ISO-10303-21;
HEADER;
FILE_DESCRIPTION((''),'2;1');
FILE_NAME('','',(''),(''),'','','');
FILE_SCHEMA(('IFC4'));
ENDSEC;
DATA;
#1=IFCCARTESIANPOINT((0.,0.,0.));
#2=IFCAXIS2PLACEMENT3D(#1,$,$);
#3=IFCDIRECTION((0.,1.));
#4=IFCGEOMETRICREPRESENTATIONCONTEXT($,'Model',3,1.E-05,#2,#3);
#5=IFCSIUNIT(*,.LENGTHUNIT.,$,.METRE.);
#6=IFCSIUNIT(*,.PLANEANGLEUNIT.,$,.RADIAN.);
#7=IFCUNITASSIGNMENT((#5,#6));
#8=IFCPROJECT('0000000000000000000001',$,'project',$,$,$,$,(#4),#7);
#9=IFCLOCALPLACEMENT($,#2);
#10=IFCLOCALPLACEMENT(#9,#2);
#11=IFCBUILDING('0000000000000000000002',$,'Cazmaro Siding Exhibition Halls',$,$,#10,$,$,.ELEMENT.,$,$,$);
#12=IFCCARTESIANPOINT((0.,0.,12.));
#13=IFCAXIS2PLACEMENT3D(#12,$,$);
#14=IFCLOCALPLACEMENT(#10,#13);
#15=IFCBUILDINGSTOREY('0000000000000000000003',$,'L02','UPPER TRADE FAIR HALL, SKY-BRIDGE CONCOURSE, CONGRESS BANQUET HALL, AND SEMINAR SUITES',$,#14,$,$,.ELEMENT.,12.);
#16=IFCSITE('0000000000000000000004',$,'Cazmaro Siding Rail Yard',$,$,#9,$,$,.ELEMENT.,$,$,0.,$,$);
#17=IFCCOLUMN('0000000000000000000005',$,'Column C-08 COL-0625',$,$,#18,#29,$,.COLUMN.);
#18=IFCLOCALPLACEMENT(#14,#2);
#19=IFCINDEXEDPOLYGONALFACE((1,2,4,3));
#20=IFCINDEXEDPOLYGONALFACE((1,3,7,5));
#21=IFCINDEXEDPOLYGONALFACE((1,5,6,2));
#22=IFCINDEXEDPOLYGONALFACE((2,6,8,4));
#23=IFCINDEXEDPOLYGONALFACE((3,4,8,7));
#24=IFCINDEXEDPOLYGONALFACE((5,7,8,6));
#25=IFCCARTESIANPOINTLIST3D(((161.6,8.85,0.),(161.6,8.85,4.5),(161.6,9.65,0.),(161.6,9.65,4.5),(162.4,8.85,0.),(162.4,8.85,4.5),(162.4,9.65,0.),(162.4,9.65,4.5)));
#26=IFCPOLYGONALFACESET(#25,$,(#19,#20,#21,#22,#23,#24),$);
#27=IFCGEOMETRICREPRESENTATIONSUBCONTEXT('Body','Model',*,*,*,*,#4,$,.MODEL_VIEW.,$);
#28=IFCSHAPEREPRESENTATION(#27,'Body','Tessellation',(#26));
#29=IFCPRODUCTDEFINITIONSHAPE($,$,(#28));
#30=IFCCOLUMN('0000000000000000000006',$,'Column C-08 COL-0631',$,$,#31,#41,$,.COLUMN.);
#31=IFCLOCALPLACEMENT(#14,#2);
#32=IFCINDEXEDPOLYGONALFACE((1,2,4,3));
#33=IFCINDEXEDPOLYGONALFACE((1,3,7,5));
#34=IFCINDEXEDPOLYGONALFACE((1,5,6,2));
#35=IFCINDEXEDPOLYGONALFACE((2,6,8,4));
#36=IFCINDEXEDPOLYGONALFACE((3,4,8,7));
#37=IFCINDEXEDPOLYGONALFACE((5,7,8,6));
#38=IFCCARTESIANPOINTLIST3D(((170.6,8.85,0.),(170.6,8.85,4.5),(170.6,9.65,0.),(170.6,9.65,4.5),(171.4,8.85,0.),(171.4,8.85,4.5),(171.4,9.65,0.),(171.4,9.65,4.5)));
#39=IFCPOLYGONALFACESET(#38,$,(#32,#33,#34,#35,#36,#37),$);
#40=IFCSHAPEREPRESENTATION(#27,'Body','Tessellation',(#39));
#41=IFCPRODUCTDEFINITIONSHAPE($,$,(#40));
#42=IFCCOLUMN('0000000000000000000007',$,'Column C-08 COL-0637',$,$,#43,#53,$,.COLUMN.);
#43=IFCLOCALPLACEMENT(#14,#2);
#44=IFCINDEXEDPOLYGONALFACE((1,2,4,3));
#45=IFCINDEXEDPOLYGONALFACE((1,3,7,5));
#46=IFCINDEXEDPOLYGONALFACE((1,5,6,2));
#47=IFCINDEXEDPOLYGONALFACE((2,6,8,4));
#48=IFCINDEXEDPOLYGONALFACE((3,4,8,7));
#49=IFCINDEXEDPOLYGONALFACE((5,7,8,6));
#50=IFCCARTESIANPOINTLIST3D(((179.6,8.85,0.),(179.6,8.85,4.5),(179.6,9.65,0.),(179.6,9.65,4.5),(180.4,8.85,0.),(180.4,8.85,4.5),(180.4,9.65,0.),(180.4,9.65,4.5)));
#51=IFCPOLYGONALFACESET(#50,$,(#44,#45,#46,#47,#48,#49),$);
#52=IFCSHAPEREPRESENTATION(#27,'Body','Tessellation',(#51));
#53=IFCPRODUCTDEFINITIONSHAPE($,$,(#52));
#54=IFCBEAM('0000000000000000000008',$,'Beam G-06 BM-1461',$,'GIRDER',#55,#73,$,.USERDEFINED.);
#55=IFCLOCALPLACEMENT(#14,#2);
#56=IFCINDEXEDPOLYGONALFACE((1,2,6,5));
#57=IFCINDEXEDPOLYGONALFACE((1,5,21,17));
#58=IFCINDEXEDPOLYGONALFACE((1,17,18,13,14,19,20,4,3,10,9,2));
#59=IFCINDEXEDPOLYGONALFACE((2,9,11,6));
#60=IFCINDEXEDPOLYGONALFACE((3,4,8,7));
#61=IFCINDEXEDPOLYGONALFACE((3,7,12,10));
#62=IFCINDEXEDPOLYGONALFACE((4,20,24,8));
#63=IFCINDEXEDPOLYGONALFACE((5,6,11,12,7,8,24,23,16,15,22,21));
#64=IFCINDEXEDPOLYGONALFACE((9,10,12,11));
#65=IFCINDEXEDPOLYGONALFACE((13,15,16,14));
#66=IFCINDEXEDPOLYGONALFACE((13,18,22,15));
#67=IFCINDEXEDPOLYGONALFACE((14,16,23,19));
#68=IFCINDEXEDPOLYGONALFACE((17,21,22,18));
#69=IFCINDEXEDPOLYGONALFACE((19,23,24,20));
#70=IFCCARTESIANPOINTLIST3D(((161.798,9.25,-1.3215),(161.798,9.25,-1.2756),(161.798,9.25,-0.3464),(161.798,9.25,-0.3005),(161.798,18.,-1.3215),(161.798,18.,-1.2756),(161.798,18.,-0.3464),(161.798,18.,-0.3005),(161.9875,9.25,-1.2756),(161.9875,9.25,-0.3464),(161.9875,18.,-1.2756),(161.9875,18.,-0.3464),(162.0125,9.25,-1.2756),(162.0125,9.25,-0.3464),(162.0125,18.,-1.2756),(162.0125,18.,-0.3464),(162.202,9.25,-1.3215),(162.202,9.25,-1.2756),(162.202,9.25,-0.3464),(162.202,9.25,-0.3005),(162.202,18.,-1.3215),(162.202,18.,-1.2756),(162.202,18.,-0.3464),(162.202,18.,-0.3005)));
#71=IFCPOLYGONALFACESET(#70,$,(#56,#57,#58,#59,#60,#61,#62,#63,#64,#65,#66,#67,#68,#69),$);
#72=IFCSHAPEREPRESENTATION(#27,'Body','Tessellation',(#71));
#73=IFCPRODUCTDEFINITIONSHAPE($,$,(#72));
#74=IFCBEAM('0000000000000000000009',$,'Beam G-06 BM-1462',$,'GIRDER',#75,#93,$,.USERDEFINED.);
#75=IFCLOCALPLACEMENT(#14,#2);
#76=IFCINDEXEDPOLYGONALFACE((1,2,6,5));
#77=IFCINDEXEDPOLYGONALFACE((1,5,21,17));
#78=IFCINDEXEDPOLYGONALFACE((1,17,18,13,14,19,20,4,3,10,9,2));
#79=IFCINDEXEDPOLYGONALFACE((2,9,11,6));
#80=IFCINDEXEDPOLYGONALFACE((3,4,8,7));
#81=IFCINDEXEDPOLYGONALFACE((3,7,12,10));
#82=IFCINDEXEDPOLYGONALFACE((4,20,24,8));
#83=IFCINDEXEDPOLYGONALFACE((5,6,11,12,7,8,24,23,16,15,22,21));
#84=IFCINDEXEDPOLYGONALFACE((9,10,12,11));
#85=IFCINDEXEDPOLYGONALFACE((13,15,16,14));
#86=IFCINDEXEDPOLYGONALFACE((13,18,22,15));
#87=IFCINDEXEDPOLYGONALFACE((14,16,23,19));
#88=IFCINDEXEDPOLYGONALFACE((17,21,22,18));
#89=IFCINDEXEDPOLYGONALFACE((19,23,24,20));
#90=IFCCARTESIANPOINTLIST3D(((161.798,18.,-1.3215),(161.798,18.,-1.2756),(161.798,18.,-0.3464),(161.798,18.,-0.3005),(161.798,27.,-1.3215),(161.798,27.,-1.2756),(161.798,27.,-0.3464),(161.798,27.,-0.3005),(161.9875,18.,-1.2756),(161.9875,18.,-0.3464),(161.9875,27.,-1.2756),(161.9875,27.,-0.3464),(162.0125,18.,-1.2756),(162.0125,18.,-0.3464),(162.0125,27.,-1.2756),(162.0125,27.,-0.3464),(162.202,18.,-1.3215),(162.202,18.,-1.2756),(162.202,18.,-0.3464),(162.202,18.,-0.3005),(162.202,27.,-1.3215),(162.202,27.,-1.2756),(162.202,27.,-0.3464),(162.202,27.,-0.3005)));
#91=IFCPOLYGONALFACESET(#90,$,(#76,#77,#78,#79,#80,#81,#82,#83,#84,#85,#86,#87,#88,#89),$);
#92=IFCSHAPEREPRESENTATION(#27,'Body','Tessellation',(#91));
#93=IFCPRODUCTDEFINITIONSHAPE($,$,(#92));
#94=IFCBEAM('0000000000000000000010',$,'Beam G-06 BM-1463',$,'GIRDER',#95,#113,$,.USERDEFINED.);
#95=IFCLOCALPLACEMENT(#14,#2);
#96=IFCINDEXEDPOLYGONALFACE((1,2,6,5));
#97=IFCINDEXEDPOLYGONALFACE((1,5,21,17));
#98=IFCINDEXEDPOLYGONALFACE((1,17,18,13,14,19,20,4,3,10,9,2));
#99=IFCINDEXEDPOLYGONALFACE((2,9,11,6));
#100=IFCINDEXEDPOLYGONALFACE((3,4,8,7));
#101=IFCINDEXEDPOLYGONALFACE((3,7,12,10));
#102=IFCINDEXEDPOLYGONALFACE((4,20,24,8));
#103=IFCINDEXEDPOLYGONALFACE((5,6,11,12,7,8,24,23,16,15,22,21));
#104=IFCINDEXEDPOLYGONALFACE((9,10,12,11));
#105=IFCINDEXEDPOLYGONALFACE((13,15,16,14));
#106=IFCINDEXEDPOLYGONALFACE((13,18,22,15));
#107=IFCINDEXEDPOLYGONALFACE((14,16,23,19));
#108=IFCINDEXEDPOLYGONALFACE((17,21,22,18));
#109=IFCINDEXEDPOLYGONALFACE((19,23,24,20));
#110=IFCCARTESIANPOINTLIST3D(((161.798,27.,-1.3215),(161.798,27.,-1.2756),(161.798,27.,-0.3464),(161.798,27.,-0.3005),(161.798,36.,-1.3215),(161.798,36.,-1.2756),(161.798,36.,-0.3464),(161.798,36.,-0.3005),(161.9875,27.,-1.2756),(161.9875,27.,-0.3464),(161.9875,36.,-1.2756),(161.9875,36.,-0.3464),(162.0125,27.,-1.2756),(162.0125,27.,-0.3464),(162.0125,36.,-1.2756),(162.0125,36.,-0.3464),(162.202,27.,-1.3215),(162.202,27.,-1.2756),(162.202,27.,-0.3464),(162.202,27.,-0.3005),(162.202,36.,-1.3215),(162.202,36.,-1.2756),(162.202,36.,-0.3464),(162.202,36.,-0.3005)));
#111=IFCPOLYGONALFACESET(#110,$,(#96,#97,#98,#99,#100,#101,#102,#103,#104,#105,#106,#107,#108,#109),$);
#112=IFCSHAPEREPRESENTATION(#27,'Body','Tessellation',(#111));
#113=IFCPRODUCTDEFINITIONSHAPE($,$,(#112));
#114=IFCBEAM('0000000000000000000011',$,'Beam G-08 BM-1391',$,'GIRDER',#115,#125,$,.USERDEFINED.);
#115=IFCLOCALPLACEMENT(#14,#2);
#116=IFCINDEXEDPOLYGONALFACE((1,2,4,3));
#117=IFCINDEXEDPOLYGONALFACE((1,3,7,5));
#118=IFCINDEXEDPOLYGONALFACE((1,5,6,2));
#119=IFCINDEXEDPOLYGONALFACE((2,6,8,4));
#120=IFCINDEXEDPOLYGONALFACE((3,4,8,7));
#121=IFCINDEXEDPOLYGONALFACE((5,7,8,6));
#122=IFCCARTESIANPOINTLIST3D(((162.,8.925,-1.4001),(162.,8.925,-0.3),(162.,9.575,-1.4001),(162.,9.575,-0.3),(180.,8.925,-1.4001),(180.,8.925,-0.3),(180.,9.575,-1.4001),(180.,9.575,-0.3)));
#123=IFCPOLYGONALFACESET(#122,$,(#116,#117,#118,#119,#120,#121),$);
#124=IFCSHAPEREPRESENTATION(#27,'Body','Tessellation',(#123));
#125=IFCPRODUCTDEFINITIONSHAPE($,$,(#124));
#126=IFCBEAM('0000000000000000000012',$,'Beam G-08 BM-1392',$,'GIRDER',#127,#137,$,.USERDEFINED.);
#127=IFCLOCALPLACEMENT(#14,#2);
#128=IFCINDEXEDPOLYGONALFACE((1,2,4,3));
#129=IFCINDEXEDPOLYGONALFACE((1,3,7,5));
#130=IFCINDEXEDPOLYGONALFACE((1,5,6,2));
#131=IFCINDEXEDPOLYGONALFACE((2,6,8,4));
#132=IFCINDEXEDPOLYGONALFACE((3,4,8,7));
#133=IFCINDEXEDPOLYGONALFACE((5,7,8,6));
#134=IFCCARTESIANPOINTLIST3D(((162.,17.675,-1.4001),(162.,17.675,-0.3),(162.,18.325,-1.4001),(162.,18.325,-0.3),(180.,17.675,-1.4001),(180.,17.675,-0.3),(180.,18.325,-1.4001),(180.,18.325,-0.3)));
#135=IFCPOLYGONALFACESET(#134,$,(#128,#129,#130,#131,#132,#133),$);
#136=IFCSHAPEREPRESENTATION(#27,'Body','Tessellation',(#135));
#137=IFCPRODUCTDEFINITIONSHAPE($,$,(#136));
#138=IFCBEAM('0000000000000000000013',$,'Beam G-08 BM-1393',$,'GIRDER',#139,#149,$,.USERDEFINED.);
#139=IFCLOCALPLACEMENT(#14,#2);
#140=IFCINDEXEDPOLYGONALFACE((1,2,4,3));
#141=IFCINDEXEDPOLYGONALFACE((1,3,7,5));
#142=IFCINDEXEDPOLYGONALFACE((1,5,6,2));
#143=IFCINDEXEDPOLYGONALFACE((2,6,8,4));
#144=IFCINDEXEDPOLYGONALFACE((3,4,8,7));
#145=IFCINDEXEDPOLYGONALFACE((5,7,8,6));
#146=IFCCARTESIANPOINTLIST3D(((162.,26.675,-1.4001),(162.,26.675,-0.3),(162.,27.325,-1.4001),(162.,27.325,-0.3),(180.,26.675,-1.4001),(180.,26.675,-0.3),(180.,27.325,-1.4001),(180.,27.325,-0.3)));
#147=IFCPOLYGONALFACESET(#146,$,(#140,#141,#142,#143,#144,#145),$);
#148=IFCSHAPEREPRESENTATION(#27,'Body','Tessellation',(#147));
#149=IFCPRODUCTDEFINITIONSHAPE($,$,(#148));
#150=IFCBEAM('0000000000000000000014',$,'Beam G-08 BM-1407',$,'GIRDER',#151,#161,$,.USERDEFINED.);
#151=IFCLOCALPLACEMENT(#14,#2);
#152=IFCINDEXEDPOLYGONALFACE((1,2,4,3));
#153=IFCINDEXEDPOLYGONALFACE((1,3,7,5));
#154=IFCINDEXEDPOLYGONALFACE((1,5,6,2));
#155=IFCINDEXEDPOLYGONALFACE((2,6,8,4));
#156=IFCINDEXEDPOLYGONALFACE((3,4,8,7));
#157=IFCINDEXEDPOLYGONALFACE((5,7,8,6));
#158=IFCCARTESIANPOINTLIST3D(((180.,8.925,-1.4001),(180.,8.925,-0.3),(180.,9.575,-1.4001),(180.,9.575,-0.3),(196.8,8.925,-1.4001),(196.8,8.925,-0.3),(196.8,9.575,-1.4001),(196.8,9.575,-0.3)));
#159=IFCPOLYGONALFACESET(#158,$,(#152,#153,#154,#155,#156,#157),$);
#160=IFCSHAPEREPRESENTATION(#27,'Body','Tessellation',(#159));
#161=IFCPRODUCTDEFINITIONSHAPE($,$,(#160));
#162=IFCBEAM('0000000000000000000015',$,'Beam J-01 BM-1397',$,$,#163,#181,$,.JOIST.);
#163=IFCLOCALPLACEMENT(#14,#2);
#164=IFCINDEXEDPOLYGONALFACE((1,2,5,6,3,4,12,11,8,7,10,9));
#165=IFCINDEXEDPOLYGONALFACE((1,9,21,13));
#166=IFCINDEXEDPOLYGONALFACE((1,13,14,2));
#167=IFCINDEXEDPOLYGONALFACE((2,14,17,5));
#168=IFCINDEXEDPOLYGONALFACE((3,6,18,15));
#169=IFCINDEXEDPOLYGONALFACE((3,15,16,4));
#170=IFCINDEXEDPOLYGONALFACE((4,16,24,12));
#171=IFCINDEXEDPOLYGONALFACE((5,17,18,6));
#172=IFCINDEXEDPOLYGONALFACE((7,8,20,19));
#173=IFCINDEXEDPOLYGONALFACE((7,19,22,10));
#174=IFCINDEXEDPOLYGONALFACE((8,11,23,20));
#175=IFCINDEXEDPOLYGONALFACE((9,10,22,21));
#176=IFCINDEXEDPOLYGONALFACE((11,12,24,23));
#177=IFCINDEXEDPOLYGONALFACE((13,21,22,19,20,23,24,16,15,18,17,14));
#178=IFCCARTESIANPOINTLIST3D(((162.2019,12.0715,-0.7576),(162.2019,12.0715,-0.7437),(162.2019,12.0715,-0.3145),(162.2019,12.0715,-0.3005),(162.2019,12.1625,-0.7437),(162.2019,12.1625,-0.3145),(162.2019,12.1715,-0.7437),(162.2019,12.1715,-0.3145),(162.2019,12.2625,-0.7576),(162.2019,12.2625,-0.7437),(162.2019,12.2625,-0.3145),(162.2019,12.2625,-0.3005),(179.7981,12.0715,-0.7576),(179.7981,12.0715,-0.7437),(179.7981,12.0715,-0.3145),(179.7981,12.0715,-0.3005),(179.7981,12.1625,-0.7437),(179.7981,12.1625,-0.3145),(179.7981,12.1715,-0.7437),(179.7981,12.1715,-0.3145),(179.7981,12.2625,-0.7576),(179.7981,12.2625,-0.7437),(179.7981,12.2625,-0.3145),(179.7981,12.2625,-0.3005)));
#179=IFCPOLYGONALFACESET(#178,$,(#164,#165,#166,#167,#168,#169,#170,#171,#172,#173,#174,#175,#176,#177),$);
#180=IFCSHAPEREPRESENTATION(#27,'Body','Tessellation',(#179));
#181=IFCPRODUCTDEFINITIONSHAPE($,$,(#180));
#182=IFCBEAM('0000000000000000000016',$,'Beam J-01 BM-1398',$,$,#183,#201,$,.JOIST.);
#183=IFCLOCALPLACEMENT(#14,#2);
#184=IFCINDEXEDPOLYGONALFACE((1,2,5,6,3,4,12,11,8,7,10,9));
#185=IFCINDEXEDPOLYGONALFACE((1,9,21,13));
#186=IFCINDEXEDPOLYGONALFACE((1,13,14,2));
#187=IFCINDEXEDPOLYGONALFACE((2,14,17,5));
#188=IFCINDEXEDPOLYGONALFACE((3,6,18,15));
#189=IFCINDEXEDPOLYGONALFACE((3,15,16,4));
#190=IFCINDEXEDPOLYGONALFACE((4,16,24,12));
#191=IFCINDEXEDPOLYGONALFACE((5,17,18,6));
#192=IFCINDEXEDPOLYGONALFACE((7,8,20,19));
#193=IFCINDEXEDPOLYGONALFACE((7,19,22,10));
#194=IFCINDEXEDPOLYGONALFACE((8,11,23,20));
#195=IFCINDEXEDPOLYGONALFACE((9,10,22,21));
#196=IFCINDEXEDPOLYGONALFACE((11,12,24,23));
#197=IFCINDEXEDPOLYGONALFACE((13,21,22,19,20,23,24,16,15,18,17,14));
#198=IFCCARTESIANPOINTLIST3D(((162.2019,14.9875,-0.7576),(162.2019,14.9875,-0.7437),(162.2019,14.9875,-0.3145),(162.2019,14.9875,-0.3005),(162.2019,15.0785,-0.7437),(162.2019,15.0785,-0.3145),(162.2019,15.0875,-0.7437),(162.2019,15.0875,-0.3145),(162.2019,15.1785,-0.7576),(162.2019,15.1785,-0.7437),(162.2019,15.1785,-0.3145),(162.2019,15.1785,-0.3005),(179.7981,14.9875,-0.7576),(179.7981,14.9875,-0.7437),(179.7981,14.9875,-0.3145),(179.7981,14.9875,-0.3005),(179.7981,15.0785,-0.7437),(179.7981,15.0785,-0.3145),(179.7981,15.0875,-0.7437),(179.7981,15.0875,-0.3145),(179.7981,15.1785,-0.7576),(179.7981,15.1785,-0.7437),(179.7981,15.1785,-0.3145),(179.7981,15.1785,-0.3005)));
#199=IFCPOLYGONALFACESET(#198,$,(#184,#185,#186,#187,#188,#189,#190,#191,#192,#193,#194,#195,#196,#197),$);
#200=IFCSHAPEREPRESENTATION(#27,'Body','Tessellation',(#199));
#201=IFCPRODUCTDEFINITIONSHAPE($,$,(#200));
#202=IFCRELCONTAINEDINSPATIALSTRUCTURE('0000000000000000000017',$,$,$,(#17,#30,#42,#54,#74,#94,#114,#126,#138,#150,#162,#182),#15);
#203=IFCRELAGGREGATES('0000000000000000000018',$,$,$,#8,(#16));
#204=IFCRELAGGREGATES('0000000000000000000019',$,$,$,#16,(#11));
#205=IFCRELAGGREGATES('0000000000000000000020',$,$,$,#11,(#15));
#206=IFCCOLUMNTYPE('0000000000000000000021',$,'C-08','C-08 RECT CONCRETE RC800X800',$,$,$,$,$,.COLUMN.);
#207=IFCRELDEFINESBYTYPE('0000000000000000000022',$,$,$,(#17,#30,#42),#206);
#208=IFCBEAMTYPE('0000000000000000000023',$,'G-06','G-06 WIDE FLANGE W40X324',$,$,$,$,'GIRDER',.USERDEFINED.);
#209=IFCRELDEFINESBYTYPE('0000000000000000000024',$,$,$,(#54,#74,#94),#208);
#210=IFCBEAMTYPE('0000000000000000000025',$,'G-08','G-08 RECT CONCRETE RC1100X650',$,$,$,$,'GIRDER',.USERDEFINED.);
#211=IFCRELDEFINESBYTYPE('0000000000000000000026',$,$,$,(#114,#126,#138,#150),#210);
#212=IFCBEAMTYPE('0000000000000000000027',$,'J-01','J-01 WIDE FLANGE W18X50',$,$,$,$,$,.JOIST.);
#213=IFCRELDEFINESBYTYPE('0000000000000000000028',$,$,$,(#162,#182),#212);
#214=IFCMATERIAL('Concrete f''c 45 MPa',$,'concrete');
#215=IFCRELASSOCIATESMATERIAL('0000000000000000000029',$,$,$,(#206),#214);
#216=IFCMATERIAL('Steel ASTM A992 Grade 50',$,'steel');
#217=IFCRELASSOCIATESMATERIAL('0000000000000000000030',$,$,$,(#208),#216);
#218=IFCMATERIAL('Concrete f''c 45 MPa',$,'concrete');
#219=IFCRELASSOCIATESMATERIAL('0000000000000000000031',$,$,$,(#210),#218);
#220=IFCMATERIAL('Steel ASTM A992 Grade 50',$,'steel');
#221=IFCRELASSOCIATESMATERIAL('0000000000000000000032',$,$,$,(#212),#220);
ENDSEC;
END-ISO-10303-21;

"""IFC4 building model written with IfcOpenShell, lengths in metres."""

from ifc_helpers import new_model, si_unit, direction, frame, origin, origin_2d, place, context, subcontext, project, spatial, rectangle, i_section, extrude, material, material_profile, profile_set, type_object, element, save


model = new_model("IFC4")

# Units and contexts
model_context = context("Model", 3, precision=1e-05, world=origin(), true_north=direction((0.0, 1.0)))
body_context = subcontext(model_context, "Body", "Model", "MODEL_VIEW")
ifc_project = project(units=[si_unit("LENGTHUNIT", "METRE"), si_unit("PLANEANGLEUNIT", "RADIAN")], contexts=[model_context])

# Site, building, storey
site_placement = place(None, origin())
site = spatial("IfcSite", under=ifc_project, at=site_placement, Name="Cazmaro Siding Rail Yard", CompositionType="ELEMENT", RefElevation=0.0)
building_placement = place(site_placement, origin())
building = spatial("IfcBuilding", under=site, at=building_placement, Name="Cazmaro Siding Exhibition Halls", CompositionType="ELEMENT")
storey_placement = place(building_placement, frame((0.0, 0.0, 12.0)))
storey = spatial("IfcBuildingStorey", under=building, at=storey_placement, Name="L02", Description="UPPER TRADE FAIR HALL, SKY-BRIDGE CONCOURSE, CONGRESS BANQUET HALL, AND SEMINAR SUITES", CompositionType="ELEMENT", Elevation=12.0)

# Columns
ifc_material_1 = material(Name="Concrete f'c 45 MPa", Category="concrete")
ifc_material_profile_1 = material_profile(ifc_material_1, rectangle(XDim=0.8, YDim=0.8, at=origin_2d()), Name="RC800X800")
ifc_profile_set_1 = profile_set([ifc_material_profile_1], Name="Concrete f'c 45 MPa")
column_type = type_object("IfcColumnType", Name="C-08", Description="C-08 RECT CONCRETE RC800X800", PredefinedType="COLUMN", material=ifc_profile_set_1)
for number, where, z_axis, x_axis, name in (
    (1, (162.0, 9.25, 0.0), (0.0, 0.0, 1.0), (1.0, 0.0, 0.0), "Column C-08 COL-0625"),
    (2, (171.0, 9.25, 0.0), (0.0, 0.0, 1.0), (1.0, 0.0, 0.0), "Column C-08 COL-0631"),
    (3, (180.0, 9.25, 0.0), (0.0, 0.0, 1.0), (1.0, 0.0, 0.0), "Column C-08 COL-0637"),
):
    element("IfcColumn", number, at=place(storey_placement, frame(where, z_axis=z_axis, x_axis=x_axis)), inside=storey, type_object=column_type, Name=name, PredefinedType="COLUMN", context=body_context, shape_type="SweptSolid", body=[
        extrude(rectangle(XDim=0.8, YDim=0.8, at=origin_2d()), origin(), (0.0, 0.0, 1.0), 4.5),
    ])

# Beams
ifc_material_2 = material(Name="Steel ASTM A992 Grade 50", Category="steel")
ifc_material_profile_2 = material_profile(ifc_material_2, i_section(OverallWidth=0.4041, OverallDepth=1.021, WebThickness=0.0249, FlangeThickness=0.0459, at=origin_2d()), Name="W40X324")
ifc_profile_set_2 = profile_set([ifc_material_profile_2], Name="Steel ASTM A992 Grade 50")
beam_type_1 = type_object("IfcBeamType", Name="G-06", Description="G-06 WIDE FLANGE W40X324", ElementType="GIRDER", PredefinedType="USERDEFINED", material=ifc_profile_set_2)
beam_1_placement = place(storey_placement, frame((162.0, 9.25, -0.811), z_axis=(0.0, 1.0, 0.0), x_axis=(-1.0, 0.0, 0.0)))
element("IfcBeam", 4, at=beam_1_placement, inside=storey, type_object=beam_type_1, Name="Beam G-06 BM-1461", ObjectType="GIRDER", PredefinedType="USERDEFINED", context=body_context, shape_type="SweptSolid", body=[
    extrude(i_section(OverallWidth=0.4041, OverallDepth=1.021, WebThickness=0.0249, FlangeThickness=0.0459, at=origin_2d()), origin(), (0.0, 0.0, 1.0), 8.75),
])
for number, where, z_axis, x_axis, name in (
    (5, (162.0, 18.0, -0.811), (0.0, 1.0, 0.0), (-1.0, 0.0, 0.0), "Beam G-06 BM-1462"),
    (6, (162.0, 27.0, -0.811), (0.0, 1.0, 0.0), (-1.0, 0.0, 0.0), "Beam G-06 BM-1463"),
):
    element("IfcBeam", number, at=place(storey_placement, frame(where, z_axis=z_axis, x_axis=x_axis)), inside=storey, type_object=beam_type_1, Name=name, ObjectType="GIRDER", PredefinedType="USERDEFINED", context=body_context, shape_type="SweptSolid", body=[
        extrude(i_section(OverallWidth=0.4041, OverallDepth=1.021, WebThickness=0.0249, FlangeThickness=0.0459, at=origin_2d()), origin(), (0.0, 0.0, 1.0), 9.0),
    ])
ifc_material_3 = material(Name="Concrete f'c 45 MPa", Category="concrete")
ifc_material_profile_3 = material_profile(ifc_material_3, rectangle(XDim=0.6499, YDim=1.1001, at=origin_2d()), Name="RC1100X650")
ifc_profile_set_3 = profile_set([ifc_material_profile_3], Name="Concrete f'c 45 MPa")
beam_type_2 = type_object("IfcBeamType", Name="G-08", Description="G-08 RECT CONCRETE RC1100X650", ElementType="GIRDER", PredefinedType="USERDEFINED", material=ifc_profile_set_3)
for number, where, z_axis, x_axis, name in (
    (7, (162.0, 9.25, -0.8501), (1.0, 0.0, 0.0), (0.0, 1.0, 0.0), "Beam G-08 BM-1391"),
    (8, (162.0, 18.0, -0.8501), (1.0, 0.0, 0.0), (0.0, 1.0, 0.0), "Beam G-08 BM-1392"),
    (9, (162.0, 27.0, -0.8501), (1.0, 0.0, 0.0), (0.0, 1.0, 0.0), "Beam G-08 BM-1393"),
):
    element("IfcBeam", number, at=place(storey_placement, frame(where, z_axis=z_axis, x_axis=x_axis)), inside=storey, type_object=beam_type_2, Name=name, ObjectType="GIRDER", PredefinedType="USERDEFINED", context=body_context, shape_type="SweptSolid", body=[
        extrude(rectangle(XDim=0.6499, YDim=1.1001, at=origin_2d()), origin(), (0.0, 0.0, 1.0), 18.0),
    ])
beam_2_placement = place(storey_placement, frame((180.0, 9.25, -0.8501), z_axis=(1.0, 0.0, 0.0), x_axis=(0.0, 1.0, 0.0)))
element("IfcBeam", 10, at=beam_2_placement, inside=storey, type_object=beam_type_2, Name="Beam G-08 BM-1407", ObjectType="GIRDER", PredefinedType="USERDEFINED", context=body_context, shape_type="SweptSolid", body=[
    extrude(rectangle(XDim=0.6499, YDim=1.1001, at=origin_2d()), origin(), (0.0, 0.0, 1.0), 16.8),
])
ifc_material_4 = material(Name="Steel ASTM A992 Grade 50", Category="steel")
ifc_material_profile_4 = material_profile(ifc_material_4, i_section(OverallWidth=0.1909, OverallDepth=0.457, WebThickness=0.009, FlangeThickness=0.0139, at=origin_2d()), Name="W18X50")
ifc_profile_set_4 = profile_set([ifc_material_profile_4], Name="Steel ASTM A992 Grade 50")
beam_type_3 = type_object("IfcBeamType", Name="J-01", Description="J-01 WIDE FLANGE W18X50", PredefinedType="JOIST", material=ifc_profile_set_4)
for number, where, z_axis, x_axis, name in (
    (11, (162.2019, 12.167, -0.5291), (1.0, 0.0, 0.0), (0.0, 1.0, 0.0), "Beam J-01 BM-1397"),
    (12, (162.2019, 15.083, -0.5291), (1.0, 0.0, 0.0), (0.0, 1.0, 0.0), "Beam J-01 BM-1398"),
):
    element("IfcBeam", number, at=place(storey_placement, frame(where, z_axis=z_axis, x_axis=x_axis)), inside=storey, type_object=beam_type_3, Name=name, PredefinedType="JOIST", context=body_context, shape_type="SweptSolid", body=[
        extrude(i_section(OverallWidth=0.1909, OverallDepth=0.457, WebThickness=0.009, FlangeThickness=0.0139, at=origin_2d()), origin(), (0.0, 0.0, 1.0), 17.5962),
    ])

save(model, "model.ifc")
